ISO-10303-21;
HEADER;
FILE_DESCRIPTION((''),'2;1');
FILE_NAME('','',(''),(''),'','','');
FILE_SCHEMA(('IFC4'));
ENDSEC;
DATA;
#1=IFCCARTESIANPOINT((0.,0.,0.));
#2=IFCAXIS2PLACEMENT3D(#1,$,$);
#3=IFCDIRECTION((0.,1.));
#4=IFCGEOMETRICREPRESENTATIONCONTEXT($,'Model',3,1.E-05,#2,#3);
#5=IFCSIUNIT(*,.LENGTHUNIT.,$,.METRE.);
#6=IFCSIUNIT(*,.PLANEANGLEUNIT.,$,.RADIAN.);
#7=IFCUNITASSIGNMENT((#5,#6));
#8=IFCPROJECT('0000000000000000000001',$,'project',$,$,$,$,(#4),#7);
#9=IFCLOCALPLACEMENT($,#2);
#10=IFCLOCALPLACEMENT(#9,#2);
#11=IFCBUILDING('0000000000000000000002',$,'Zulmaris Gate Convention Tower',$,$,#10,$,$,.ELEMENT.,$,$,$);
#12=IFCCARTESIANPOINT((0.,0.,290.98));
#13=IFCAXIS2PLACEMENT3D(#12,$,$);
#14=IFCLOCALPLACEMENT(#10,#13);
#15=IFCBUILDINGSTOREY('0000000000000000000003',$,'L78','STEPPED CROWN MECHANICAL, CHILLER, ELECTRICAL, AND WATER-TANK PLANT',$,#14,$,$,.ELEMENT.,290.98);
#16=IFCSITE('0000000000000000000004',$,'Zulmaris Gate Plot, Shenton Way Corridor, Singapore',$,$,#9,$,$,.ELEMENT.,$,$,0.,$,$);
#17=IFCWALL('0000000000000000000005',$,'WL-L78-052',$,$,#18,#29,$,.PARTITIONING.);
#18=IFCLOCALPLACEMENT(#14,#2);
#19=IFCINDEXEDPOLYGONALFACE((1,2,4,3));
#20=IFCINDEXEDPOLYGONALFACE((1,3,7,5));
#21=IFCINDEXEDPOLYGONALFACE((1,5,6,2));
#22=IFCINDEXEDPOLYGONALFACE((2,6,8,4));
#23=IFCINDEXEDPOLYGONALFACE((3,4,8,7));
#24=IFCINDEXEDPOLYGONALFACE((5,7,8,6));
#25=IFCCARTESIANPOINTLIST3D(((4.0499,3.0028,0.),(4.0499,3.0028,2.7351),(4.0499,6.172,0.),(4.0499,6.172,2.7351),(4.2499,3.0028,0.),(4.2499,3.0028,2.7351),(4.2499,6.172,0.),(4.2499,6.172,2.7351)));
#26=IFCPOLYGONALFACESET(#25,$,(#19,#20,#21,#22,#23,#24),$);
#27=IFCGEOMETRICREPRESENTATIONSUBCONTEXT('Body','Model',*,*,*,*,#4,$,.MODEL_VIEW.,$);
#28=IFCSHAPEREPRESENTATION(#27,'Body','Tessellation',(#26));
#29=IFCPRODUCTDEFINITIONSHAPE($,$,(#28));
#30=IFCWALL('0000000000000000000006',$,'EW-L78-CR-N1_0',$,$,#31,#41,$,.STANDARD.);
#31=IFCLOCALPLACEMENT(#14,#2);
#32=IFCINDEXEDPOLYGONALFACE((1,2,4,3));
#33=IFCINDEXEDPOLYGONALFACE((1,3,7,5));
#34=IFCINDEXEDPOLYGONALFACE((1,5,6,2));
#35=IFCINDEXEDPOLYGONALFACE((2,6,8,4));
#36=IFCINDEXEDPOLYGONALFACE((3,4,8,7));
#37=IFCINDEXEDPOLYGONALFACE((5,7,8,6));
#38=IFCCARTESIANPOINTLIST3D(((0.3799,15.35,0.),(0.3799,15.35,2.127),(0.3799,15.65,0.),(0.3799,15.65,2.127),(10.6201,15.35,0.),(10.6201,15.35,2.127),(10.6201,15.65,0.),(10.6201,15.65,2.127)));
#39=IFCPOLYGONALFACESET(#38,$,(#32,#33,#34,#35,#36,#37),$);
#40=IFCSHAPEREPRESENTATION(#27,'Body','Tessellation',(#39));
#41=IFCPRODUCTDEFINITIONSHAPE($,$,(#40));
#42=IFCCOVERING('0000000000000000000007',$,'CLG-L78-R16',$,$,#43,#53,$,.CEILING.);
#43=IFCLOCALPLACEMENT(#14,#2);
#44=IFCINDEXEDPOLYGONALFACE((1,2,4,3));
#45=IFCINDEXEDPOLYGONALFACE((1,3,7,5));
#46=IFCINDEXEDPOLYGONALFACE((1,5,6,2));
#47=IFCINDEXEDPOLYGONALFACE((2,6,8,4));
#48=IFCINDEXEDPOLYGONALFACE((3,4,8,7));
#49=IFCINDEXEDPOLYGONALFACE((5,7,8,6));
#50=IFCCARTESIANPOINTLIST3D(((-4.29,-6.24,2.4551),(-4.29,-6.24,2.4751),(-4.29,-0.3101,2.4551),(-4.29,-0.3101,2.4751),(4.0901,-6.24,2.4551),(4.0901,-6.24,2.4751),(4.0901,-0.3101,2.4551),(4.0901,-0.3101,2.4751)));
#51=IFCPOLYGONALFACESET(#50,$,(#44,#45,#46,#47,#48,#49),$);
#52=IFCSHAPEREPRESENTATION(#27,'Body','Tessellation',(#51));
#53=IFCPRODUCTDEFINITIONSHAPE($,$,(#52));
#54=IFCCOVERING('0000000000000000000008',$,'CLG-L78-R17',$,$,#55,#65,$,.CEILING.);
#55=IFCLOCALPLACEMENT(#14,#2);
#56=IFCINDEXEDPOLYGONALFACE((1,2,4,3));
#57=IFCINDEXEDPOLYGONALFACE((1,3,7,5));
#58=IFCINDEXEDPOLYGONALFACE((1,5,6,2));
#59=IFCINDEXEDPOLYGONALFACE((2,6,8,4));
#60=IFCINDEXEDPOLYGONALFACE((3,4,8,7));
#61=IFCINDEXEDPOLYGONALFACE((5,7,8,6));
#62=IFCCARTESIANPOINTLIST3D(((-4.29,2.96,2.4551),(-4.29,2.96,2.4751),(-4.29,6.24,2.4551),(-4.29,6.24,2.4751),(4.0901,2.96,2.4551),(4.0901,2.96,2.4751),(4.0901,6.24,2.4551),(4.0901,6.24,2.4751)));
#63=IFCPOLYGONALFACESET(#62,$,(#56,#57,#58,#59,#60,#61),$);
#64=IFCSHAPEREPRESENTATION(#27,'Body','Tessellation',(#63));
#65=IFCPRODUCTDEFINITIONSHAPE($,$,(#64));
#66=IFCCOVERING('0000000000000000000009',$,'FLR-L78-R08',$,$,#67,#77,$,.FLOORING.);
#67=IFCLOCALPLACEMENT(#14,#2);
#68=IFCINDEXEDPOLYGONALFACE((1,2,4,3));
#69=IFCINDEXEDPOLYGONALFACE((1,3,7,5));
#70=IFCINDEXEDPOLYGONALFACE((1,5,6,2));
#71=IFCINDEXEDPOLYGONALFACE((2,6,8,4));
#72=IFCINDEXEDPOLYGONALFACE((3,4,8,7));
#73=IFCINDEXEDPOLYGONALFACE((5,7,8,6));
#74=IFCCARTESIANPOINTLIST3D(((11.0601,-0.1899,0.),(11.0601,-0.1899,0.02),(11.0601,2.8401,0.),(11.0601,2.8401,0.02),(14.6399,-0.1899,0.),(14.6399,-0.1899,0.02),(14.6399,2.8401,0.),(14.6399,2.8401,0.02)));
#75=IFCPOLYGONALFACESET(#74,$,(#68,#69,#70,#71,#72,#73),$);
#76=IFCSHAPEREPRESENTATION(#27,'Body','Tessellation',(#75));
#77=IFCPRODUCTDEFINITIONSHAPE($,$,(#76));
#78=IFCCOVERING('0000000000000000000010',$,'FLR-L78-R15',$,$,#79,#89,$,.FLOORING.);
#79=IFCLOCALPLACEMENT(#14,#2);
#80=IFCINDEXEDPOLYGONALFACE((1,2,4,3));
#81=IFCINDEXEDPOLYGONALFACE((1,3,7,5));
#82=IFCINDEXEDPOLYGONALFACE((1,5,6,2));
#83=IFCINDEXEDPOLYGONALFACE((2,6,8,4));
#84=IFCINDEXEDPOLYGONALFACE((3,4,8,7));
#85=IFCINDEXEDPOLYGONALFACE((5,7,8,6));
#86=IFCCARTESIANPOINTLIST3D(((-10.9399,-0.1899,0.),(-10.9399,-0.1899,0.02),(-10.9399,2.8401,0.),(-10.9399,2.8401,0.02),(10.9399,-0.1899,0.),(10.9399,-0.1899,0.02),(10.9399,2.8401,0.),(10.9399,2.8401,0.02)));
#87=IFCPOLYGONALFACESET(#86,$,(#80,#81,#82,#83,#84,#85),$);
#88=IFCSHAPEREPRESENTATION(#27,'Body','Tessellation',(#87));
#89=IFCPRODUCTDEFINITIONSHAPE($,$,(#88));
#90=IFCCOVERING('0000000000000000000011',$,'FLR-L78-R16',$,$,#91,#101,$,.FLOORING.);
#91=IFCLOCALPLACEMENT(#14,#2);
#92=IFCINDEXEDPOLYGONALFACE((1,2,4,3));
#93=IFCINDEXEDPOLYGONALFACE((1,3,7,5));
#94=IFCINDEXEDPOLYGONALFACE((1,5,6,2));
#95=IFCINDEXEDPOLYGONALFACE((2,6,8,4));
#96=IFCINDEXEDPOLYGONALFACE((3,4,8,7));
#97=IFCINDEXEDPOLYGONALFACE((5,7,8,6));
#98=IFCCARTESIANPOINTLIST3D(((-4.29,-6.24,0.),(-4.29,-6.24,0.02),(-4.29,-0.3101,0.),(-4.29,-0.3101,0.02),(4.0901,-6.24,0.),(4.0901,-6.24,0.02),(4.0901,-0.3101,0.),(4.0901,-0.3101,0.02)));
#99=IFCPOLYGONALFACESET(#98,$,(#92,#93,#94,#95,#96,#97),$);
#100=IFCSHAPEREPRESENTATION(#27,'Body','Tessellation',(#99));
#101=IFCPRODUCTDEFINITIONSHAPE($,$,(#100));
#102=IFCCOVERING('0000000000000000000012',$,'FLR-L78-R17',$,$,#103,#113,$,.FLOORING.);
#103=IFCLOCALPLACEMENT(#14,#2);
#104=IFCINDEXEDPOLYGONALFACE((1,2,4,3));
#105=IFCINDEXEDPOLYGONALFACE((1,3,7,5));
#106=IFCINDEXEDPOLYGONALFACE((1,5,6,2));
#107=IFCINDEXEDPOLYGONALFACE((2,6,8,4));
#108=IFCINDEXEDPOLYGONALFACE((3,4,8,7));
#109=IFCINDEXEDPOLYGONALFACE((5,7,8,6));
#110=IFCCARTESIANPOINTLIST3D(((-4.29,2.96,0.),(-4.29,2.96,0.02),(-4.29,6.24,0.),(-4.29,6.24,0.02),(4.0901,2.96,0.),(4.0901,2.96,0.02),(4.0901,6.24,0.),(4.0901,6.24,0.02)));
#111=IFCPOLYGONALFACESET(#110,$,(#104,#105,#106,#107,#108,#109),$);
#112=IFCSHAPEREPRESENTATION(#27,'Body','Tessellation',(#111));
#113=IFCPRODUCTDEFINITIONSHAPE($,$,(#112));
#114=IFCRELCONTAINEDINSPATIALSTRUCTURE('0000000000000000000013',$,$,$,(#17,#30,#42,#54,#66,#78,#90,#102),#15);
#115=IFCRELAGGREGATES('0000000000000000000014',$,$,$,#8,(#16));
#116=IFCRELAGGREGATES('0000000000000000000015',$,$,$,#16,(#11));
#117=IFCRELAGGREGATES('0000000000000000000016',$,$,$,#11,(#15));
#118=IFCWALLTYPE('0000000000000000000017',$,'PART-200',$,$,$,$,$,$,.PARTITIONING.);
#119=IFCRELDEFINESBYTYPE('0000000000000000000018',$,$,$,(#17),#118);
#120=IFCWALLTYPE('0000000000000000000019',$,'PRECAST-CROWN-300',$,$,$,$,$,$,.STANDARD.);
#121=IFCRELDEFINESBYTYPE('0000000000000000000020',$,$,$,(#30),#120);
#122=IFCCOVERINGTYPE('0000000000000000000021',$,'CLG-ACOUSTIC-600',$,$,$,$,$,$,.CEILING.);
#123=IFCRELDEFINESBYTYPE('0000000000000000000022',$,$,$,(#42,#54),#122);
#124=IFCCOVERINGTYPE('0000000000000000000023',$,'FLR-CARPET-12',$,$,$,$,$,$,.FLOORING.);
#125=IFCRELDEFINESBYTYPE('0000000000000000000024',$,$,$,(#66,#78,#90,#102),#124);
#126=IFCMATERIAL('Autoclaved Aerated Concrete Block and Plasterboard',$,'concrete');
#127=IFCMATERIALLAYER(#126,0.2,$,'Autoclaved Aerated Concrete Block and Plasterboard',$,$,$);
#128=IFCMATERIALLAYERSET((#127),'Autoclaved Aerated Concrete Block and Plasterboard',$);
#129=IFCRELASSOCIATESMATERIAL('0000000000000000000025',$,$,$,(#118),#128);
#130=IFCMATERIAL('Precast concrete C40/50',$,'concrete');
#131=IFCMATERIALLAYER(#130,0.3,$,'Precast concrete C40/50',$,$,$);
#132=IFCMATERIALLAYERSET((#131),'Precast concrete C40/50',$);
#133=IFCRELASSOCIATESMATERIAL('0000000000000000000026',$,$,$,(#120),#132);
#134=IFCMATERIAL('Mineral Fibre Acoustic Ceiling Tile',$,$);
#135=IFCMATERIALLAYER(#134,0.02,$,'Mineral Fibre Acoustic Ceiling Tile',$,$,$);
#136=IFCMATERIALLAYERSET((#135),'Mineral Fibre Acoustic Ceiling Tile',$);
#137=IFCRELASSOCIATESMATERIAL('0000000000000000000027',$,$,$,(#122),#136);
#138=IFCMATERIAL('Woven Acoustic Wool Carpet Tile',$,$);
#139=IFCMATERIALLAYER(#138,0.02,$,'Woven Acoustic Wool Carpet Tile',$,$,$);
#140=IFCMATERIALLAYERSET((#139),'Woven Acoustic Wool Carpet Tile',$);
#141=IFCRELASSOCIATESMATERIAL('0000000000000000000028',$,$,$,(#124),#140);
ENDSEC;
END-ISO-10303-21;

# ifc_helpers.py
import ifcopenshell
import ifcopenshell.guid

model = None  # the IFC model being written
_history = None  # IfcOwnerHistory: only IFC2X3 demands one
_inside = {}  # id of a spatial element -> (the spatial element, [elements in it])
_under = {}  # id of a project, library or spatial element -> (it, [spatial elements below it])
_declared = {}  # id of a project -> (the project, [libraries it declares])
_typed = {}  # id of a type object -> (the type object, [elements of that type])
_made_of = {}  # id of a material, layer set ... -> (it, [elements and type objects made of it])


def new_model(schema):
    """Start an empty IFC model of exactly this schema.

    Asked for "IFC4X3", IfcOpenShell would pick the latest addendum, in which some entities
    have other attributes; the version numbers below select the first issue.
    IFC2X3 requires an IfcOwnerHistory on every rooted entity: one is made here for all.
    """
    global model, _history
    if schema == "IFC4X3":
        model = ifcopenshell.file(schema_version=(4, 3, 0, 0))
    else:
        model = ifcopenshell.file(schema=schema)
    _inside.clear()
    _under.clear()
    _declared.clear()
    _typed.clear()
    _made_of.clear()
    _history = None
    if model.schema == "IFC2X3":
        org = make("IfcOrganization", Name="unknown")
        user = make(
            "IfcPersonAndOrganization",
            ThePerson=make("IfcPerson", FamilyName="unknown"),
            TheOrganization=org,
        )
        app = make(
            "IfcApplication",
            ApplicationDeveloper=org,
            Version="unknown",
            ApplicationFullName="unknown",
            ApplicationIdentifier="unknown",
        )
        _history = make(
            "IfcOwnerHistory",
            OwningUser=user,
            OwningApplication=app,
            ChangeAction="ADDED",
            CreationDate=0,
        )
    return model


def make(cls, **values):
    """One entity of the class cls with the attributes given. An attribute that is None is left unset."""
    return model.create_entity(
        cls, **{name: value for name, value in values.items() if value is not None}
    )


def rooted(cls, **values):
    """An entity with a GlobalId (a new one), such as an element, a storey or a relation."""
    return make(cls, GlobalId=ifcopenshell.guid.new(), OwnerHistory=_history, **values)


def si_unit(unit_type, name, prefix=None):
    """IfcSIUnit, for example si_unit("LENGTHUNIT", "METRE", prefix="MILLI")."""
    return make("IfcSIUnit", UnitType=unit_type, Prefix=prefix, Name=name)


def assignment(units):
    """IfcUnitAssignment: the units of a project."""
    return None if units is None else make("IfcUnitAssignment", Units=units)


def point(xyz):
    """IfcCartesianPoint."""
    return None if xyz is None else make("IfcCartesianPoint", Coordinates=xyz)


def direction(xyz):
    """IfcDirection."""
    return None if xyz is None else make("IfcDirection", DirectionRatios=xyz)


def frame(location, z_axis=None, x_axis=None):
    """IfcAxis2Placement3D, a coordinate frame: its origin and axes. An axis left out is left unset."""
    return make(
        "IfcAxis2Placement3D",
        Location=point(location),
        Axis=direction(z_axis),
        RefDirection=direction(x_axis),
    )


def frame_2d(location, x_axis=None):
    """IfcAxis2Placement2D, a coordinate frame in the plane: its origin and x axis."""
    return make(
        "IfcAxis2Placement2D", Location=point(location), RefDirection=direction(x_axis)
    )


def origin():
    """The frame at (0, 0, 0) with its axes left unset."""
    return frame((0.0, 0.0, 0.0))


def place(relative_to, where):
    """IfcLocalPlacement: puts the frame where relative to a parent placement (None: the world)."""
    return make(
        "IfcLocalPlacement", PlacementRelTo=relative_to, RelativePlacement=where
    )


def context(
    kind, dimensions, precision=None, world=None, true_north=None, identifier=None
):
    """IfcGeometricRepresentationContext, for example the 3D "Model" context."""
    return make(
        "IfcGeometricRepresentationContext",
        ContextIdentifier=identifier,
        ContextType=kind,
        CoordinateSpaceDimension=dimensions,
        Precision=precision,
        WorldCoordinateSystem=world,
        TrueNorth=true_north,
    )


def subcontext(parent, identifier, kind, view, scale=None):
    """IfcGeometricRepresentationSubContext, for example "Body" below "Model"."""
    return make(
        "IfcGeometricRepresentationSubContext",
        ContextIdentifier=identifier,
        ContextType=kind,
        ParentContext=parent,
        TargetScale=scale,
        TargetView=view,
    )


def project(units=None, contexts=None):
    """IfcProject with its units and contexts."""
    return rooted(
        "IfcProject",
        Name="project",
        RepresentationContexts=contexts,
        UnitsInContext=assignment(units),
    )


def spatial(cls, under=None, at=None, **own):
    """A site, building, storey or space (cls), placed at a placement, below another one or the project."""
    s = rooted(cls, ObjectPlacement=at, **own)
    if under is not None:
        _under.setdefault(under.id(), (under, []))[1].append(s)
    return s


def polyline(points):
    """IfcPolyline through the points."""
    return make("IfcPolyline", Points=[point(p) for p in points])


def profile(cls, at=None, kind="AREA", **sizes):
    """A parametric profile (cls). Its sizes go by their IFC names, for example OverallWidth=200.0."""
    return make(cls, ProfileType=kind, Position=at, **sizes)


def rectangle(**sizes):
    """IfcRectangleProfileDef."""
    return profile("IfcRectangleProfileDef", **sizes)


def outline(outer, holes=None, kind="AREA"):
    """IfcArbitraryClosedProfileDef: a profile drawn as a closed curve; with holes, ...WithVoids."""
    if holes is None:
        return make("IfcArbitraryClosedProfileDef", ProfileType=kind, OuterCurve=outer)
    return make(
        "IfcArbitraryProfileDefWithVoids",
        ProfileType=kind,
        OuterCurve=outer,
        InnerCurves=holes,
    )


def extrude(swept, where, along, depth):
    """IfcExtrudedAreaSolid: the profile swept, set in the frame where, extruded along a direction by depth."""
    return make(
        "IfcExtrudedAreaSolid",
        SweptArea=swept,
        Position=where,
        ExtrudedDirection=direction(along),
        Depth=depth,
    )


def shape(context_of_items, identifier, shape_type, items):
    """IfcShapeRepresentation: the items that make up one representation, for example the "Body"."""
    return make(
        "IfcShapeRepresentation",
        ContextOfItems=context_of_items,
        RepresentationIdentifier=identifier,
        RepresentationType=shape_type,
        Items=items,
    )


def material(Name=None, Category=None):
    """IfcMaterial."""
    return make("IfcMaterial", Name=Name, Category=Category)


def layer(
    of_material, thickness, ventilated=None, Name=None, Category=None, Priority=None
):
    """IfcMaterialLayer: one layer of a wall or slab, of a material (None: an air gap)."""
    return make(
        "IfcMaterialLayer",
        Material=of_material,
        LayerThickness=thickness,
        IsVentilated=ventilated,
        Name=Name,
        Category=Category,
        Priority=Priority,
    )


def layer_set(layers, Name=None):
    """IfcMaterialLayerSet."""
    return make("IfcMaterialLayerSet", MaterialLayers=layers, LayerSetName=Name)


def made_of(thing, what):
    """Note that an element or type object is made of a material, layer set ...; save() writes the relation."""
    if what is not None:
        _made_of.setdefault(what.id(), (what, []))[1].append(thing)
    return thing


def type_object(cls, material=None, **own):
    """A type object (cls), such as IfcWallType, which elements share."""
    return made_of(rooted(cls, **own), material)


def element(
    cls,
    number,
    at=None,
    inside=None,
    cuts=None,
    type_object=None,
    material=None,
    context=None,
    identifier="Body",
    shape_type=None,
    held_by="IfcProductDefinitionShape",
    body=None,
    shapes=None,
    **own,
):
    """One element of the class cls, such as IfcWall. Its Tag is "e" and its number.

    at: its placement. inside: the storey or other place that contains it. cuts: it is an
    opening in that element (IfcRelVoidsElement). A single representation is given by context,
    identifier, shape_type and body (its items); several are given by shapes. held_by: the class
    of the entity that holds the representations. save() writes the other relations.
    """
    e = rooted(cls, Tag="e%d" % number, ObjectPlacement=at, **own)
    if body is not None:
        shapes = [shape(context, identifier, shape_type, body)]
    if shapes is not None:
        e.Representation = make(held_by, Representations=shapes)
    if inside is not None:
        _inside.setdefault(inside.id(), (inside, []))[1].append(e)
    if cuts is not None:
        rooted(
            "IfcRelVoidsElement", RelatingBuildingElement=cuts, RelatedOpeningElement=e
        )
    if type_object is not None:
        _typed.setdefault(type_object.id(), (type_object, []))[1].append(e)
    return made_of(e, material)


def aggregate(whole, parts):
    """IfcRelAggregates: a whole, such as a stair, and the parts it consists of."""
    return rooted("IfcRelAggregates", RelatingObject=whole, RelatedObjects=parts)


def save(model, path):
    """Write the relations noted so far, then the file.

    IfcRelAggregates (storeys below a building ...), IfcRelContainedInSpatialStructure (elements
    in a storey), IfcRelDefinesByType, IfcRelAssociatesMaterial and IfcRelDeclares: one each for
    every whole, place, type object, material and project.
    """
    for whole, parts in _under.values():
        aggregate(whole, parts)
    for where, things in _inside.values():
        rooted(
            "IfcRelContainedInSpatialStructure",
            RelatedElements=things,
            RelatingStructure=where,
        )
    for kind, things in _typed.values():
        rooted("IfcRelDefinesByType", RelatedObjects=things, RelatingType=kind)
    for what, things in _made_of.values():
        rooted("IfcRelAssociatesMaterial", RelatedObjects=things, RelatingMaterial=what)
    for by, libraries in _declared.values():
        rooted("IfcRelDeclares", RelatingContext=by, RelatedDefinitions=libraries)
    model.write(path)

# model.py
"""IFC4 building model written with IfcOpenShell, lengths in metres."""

from ifc_helpers import new_model, si_unit, direction, frame, frame_2d, origin, place, context, subcontext, project, spatial, polyline, rectangle, outline, extrude, material, layer, layer_set, type_object, element, save


model = new_model("IFC4")

# Units and contexts
model_context = context("Model", 3, precision=1e-05, world=origin(), true_north=direction((0.0, 1.0)))
body_context = subcontext(model_context, "Body", "Model", "MODEL_VIEW")
ifc_project = project(units=[si_unit("LENGTHUNIT", "METRE"), si_unit("PLANEANGLEUNIT", "RADIAN")], contexts=[model_context])

# Site, building, storey
site_placement = place(None, origin())
site = spatial("IfcSite", under=ifc_project, at=site_placement, Name="Zulmaris Gate Plot, Shenton Way Corridor, Singapore", CompositionType="ELEMENT", RefElevation=0.0)
building_placement = place(site_placement, origin())
building = spatial("IfcBuilding", under=site, at=building_placement, Name="Zulmaris Gate Convention Tower", CompositionType="ELEMENT")
storey_placement = place(building_placement, frame((0.0, 0.0, 290.98)))
storey = spatial("IfcBuildingStorey", under=building, at=storey_placement, Name="L78", Description="STEPPED CROWN MECHANICAL, CHILLER, ELECTRICAL, AND WATER-TANK PLANT", CompositionType="ELEMENT", Elevation=290.98)

# Shared definitions
ifc_material_1 = material(Name="Autoclaved Aerated Concrete Block and Plasterboard", Category="concrete")
ifc_layer_1 = layer(ifc_material_1, 0.2, Name="Autoclaved Aerated Concrete Block and Plasterboard")
ifc_layer_set_1 = layer_set([ifc_layer_1], Name="Autoclaved Aerated Concrete Block and Plasterboard")
wall_type_1 = type_object("IfcWallType", Name="PART-200", PredefinedType="PARTITIONING", material=ifc_layer_set_1)

# Walls
wall_1_placement = place(storey_placement, frame((4.1499, 3.0029, 0.0), z_axis=(0.0, 0.0, 1.0), x_axis=(0.0, 1.0, 0.0)))
element("IfcWall", 1, at=wall_1_placement, inside=storey, type_object=wall_type_1, Name="WL-L78-052", PredefinedType="PARTITIONING", context=body_context, shape_type="SweptSolid", body=[
    extrude(rectangle(XDim=3.1692, YDim=0.2, at=frame_2d((1.5845, 0.0))), origin(), (0.0, 0.0, 1.0), 2.7351),
])
ifc_material_2 = material(Name="Precast concrete C40/50", Category="concrete")
ifc_layer_2 = layer(ifc_material_2, 0.3, Name="Precast concrete C40/50")
ifc_layer_set_2 = layer_set([ifc_layer_2], Name="Precast concrete C40/50")
wall_type_2 = type_object("IfcWallType", Name="PRECAST-CROWN-300", PredefinedType="STANDARD", material=ifc_layer_set_2)
wall_2_placement = place(storey_placement, frame((10.6201, 15.5, 0.0), z_axis=(0.0, 0.0, 1.0), x_axis=(-1.0, 0.0, 0.0)))
element("IfcWall", 2, at=wall_2_placement, inside=storey, type_object=wall_type_2, Name="EW-L78-CR-N1_0", PredefinedType="STANDARD", context=body_context, shape_type="SweptSolid", body=[
    extrude(rectangle(XDim=10.2402, YDim=0.3, at=frame_2d((5.1201, 0.0))), origin(), (0.0, 0.0, 1.0), 2.127),
])

# Coverings
ifc_material_3 = material(Name="Mineral Fibre Acoustic Ceiling Tile")
ifc_layer_3 = layer(ifc_material_3, 0.02, Name="Mineral Fibre Acoustic Ceiling Tile")
ifc_layer_set_3 = layer_set([ifc_layer_3], Name="Mineral Fibre Acoustic Ceiling Tile")
covering_type_1 = type_object("IfcCoveringType", Name="CLG-ACOUSTIC-600", PredefinedType="CEILING", material=ifc_layer_set_3)
covering_1_placement = place(storey_placement, frame((0.0, 0.0, 2.4551)))
element("IfcCovering", 3, at=covering_1_placement, inside=storey, type_object=covering_type_1, Name="CLG-L78-R16", PredefinedType="CEILING", context=body_context, shape_type="SweptSolid", body=[
    extrude(outline(polyline([(-4.29, -6.24), (4.0901, -6.24), (4.0901, -0.3101), (-4.29, -0.3101), (-4.29, -6.24)])), origin(), (0.0, 0.0, 1.0), 0.02),
])
covering_2_placement = place(storey_placement, frame((0.0, 0.0, 2.4551)))
element("IfcCovering", 4, at=covering_2_placement, inside=storey, type_object=covering_type_1, Name="CLG-L78-R17", PredefinedType="CEILING", context=body_context, shape_type="SweptSolid", body=[
    extrude(outline(polyline([(-4.29, 2.96), (4.0901, 2.96), (4.0901, 6.24), (-4.29, 6.24), (-4.29, 2.96)])), origin(), (0.0, 0.0, 1.0), 0.02),
])
ifc_material_4 = material(Name="Woven Acoustic Wool Carpet Tile")
ifc_layer_4 = layer(ifc_material_4, 0.02, Name="Woven Acoustic Wool Carpet Tile")
ifc_layer_set_4 = layer_set([ifc_layer_4], Name="Woven Acoustic Wool Carpet Tile")
covering_type_2 = type_object("IfcCoveringType", Name="FLR-CARPET-12", PredefinedType="FLOORING", material=ifc_layer_set_4)
covering_3_placement = place(storey_placement, origin())
element("IfcCovering", 5, at=covering_3_placement, inside=storey, type_object=covering_type_2, Name="FLR-L78-R08", PredefinedType="FLOORING", context=body_context, shape_type="SweptSolid", body=[
    extrude(outline(polyline([(11.0601, -0.1899), (14.6399, -0.1899), (14.6399, 2.8401), (11.0601, 2.8401), (11.0601, -0.1899)])), origin(), (0.0, 0.0, 1.0), 0.02),
])
covering_4_placement = place(storey_placement, origin())
element("IfcCovering", 6, at=covering_4_placement, inside=storey, type_object=covering_type_2, Name="FLR-L78-R15", PredefinedType="FLOORING", context=body_context, shape_type="SweptSolid", body=[
    extrude(outline(polyline([(-10.9399, -0.1899), (10.9399, -0.1899), (10.9399, 2.8401), (-10.9399, 2.8401), (-10.9399, -0.1899)])), origin(), (0.0, 0.0, 1.0), 0.02),
])
covering_5_placement = place(storey_placement, origin())
element("IfcCovering", 7, at=covering_5_placement, inside=storey, type_object=covering_type_2, Name="FLR-L78-R16", PredefinedType="FLOORING", context=body_context, shape_type="SweptSolid", body=[
    extrude(outline(polyline([(-4.29, -6.24), (4.0901, -6.24), (4.0901, -0.3101), (-4.29, -0.3101), (-4.29, -6.24)])), origin(), (0.0, 0.0, 1.0), 0.02),
])
covering_6_placement = place(storey_placement, origin())
element("IfcCovering", 8, at=covering_6_placement, inside=storey, type_object=covering_type_2, Name="FLR-L78-R17", PredefinedType="FLOORING", context=body_context, shape_type="SweptSolid", body=[
    extrude(outline(polyline([(-4.29, 2.96), (4.0901, 2.96), (4.0901, 6.24), (-4.29, 6.24), (-4.29, 2.96)])), origin(), (0.0, 0.0, 1.0), 0.02),
])

save(model, "model.ifc")
